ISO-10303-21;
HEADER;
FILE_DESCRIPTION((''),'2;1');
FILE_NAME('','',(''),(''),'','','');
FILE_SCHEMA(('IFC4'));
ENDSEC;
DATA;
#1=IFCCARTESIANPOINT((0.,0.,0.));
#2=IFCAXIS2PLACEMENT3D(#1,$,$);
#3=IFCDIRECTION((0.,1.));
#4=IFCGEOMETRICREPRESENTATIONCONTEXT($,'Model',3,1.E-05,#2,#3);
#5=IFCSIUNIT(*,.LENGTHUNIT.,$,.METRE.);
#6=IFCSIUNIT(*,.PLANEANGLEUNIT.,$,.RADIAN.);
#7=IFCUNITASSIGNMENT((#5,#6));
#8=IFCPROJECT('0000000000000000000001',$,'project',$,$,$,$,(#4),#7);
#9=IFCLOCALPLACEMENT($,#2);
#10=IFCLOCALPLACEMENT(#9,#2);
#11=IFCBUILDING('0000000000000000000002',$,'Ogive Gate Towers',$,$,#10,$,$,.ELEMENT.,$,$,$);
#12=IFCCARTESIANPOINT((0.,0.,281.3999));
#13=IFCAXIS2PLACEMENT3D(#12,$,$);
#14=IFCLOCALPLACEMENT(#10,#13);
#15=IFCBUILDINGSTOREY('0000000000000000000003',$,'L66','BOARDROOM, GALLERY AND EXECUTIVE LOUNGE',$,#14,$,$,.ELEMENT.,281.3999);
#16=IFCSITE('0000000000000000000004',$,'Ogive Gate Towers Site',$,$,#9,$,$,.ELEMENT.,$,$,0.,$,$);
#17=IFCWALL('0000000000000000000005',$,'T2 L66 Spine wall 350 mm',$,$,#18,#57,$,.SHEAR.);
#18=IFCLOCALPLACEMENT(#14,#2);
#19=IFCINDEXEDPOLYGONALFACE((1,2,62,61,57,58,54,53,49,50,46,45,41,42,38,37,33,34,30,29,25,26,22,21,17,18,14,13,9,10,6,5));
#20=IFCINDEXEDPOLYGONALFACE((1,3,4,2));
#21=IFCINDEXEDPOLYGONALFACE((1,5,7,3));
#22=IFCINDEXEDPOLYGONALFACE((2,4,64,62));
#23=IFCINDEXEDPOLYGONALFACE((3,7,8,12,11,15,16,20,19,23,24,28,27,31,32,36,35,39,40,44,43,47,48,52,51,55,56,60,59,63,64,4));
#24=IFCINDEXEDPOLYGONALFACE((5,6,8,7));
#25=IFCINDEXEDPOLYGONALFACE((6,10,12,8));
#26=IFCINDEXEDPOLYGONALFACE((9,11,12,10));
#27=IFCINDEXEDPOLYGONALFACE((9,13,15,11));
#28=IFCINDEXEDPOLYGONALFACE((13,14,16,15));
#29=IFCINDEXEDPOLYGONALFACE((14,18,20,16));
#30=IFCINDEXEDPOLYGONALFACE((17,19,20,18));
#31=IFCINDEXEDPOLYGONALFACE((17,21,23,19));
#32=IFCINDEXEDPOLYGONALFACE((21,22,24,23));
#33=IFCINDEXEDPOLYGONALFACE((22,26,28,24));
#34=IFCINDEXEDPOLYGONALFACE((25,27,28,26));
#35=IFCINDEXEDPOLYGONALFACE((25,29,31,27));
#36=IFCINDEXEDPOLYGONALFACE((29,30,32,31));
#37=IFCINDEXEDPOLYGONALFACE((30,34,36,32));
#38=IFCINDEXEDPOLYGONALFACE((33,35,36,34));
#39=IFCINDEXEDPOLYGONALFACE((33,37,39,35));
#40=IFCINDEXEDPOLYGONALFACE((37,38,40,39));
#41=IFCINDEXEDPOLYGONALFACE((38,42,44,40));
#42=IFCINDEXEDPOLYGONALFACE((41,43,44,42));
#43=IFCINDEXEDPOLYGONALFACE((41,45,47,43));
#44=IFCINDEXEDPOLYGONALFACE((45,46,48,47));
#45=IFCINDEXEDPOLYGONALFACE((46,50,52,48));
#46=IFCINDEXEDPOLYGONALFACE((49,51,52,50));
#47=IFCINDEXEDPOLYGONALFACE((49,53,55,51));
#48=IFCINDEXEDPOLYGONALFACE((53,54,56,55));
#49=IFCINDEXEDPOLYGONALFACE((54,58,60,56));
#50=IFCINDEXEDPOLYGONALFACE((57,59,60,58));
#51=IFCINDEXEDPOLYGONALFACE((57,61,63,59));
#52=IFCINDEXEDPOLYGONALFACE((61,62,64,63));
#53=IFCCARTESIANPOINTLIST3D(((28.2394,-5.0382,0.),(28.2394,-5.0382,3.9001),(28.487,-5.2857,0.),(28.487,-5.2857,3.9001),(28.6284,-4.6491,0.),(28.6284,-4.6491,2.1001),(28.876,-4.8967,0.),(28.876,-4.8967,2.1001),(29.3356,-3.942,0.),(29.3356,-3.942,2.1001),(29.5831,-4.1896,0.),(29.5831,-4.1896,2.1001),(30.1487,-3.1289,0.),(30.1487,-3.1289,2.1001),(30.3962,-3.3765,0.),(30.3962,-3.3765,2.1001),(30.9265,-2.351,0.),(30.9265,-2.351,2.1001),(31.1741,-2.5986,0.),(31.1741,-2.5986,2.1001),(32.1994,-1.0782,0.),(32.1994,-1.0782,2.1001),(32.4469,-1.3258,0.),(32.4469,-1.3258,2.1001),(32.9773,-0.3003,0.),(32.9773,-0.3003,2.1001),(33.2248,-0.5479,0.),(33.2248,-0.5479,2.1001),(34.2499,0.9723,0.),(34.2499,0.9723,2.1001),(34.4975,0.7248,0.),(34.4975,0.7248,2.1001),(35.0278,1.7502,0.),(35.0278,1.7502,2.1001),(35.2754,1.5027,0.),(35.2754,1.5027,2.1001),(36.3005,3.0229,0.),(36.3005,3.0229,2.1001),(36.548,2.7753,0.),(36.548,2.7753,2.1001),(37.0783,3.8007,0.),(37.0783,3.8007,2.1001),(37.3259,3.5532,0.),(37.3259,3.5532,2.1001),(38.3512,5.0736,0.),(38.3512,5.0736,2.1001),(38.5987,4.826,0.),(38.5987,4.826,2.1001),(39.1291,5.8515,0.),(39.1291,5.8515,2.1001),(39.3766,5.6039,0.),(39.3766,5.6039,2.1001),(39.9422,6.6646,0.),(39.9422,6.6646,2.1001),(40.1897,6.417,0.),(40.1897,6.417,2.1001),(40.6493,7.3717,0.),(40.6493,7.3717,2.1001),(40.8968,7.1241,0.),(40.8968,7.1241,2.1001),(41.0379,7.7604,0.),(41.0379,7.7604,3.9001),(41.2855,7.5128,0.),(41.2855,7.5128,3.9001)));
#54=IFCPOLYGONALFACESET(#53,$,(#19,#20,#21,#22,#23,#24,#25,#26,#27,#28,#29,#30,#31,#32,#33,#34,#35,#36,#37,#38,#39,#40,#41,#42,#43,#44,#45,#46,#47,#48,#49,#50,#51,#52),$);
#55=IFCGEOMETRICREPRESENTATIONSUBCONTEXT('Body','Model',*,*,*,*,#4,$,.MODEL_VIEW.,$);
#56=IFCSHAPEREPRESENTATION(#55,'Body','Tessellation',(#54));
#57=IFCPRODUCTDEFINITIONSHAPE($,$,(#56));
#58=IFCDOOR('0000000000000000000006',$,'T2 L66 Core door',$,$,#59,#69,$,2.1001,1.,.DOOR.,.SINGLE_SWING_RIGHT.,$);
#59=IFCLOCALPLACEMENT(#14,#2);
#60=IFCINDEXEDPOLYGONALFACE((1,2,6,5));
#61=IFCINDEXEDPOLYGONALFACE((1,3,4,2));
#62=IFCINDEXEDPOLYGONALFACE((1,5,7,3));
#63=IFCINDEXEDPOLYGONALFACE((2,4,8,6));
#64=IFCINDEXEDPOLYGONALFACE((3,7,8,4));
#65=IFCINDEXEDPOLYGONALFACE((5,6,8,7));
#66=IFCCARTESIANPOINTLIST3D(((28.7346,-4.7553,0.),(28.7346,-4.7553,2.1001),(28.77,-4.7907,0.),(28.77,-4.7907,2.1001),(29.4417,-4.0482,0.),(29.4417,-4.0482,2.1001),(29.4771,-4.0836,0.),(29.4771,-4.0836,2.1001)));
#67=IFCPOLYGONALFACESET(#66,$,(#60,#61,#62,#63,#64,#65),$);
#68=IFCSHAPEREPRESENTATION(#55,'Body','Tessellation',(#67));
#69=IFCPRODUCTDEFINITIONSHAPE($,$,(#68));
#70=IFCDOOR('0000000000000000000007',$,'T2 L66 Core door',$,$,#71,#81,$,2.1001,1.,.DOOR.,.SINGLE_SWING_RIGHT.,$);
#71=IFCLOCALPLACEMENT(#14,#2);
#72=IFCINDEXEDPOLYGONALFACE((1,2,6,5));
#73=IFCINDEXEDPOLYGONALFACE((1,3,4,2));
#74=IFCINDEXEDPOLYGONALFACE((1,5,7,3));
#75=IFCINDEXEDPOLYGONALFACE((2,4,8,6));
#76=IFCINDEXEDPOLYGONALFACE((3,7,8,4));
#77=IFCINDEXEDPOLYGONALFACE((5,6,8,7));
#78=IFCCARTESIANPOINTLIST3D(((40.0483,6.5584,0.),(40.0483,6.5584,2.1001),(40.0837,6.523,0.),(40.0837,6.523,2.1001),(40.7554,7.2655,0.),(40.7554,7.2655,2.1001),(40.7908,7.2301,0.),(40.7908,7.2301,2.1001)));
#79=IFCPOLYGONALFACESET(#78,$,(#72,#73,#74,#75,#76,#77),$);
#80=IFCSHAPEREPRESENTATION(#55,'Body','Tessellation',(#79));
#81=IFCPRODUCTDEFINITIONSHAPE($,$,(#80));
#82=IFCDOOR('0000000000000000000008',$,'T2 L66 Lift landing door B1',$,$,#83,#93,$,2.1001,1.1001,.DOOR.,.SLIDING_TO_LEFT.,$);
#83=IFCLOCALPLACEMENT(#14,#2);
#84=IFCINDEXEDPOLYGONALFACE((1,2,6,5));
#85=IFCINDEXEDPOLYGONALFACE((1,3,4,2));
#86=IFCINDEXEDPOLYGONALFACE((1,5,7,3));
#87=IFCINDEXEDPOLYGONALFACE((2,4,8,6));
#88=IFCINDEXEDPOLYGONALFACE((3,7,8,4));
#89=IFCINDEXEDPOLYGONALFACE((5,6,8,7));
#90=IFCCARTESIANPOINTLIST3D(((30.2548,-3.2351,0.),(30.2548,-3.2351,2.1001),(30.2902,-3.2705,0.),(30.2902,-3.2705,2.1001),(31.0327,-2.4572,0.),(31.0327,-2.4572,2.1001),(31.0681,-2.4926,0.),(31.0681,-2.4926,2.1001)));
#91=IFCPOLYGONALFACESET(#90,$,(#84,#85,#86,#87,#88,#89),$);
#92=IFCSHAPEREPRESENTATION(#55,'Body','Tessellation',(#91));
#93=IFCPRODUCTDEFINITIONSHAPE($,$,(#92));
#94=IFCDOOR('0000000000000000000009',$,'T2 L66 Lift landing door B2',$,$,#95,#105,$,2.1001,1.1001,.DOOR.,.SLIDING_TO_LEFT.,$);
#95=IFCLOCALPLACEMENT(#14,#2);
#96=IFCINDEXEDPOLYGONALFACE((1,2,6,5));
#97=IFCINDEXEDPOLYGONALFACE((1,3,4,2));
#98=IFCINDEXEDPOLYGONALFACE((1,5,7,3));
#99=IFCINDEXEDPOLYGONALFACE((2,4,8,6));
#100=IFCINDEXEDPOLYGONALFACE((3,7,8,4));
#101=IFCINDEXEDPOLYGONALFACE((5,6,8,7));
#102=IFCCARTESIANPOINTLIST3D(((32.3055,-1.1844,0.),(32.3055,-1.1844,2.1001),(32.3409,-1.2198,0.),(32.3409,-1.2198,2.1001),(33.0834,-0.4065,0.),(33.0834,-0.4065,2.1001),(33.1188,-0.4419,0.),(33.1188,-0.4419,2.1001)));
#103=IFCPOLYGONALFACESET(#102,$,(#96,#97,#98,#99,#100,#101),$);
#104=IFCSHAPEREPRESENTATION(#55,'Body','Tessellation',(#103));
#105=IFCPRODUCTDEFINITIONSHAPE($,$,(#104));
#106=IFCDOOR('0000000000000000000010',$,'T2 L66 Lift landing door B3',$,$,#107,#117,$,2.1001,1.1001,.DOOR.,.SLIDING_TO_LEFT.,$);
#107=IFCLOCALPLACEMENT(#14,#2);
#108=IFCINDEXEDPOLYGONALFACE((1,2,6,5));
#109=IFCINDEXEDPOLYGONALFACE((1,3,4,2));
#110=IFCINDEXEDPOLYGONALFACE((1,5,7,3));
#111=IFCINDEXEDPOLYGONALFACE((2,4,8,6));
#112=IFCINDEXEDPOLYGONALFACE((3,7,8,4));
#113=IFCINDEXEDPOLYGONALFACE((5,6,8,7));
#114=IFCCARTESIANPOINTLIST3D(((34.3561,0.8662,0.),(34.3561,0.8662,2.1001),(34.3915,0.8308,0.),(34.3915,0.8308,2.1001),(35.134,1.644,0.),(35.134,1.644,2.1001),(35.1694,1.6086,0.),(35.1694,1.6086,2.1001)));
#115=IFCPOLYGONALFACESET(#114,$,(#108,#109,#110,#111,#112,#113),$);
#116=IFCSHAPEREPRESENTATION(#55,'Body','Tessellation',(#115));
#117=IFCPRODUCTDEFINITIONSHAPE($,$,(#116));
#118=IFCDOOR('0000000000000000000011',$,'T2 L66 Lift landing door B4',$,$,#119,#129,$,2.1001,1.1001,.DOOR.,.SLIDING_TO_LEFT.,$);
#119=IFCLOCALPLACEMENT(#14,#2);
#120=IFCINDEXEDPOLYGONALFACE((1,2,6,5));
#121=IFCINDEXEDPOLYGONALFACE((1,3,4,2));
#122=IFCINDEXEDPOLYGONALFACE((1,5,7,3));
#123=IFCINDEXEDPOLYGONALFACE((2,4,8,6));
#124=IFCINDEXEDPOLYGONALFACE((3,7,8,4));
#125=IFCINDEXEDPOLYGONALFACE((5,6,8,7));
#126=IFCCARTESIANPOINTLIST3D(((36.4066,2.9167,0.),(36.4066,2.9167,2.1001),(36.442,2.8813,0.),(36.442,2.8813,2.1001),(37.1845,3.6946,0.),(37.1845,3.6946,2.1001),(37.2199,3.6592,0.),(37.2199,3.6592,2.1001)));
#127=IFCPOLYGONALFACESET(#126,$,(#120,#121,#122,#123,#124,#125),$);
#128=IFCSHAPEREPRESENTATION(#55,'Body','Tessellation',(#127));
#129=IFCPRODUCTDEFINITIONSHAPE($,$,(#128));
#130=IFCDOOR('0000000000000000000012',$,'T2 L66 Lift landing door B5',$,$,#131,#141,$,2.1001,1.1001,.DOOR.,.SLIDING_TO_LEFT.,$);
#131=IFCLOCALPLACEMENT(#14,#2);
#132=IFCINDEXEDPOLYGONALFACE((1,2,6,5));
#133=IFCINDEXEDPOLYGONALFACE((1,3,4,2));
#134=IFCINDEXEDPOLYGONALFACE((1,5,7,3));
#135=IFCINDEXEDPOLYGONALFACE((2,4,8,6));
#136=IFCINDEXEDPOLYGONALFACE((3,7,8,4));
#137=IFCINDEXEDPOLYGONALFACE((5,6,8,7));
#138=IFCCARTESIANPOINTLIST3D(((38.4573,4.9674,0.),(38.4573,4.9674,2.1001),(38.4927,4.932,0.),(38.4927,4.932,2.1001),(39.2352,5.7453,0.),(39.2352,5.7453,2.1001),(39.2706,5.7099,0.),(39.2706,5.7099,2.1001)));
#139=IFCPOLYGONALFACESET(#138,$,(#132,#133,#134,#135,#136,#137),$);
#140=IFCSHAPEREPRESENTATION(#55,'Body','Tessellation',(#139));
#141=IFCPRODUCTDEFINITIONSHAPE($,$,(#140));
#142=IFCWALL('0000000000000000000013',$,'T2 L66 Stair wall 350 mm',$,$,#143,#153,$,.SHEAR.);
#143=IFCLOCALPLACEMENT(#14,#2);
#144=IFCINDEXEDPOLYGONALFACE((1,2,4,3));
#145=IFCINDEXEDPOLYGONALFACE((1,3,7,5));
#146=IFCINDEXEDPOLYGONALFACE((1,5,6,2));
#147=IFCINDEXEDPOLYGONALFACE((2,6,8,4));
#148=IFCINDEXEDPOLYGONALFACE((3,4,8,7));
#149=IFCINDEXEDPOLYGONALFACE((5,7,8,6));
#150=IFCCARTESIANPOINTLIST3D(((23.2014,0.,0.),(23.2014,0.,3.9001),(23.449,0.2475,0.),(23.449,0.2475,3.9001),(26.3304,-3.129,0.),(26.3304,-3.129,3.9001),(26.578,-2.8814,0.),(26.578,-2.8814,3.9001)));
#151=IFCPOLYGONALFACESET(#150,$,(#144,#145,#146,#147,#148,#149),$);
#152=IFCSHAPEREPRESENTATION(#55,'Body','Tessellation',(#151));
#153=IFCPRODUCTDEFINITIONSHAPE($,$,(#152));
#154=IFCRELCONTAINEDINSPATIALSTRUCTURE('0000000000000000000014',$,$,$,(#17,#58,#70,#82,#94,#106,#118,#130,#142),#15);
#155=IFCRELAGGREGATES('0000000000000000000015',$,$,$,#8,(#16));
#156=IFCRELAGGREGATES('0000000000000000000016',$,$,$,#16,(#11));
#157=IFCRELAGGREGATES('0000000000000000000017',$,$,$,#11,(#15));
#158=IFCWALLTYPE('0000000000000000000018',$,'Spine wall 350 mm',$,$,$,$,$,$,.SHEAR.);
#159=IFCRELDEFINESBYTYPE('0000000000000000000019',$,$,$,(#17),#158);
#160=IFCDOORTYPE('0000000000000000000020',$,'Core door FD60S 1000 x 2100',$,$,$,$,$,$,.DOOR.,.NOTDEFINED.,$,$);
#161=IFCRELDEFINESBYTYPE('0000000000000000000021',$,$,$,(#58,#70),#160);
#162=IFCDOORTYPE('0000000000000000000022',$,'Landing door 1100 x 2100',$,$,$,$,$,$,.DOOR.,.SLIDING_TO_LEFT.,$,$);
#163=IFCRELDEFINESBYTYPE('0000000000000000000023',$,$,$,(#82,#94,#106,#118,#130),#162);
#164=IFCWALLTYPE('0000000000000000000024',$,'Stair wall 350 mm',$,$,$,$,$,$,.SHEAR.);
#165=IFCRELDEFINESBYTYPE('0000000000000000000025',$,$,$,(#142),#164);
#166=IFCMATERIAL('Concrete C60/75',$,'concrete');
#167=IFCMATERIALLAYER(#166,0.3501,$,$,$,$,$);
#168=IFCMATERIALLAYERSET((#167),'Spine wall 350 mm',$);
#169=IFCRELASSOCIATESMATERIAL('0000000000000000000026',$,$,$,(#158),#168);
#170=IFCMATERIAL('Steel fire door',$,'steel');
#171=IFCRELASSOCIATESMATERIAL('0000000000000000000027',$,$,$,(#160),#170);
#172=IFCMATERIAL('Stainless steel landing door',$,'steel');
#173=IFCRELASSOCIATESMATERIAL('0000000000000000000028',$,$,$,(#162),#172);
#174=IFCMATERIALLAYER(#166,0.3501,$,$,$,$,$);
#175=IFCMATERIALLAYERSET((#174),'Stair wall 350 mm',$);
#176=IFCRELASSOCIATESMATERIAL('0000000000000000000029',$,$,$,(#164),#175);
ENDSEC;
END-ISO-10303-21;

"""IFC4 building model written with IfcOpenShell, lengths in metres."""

from ifc_helpers import new_model, si_unit, direction, frame, frame_2d, origin, place, context, subcontext, project, spatial, rectangle, extrude, material, layer, layer_set, type_object, element, fill, save


model = new_model("IFC4")

# Units and contexts
model_context = context("Model", 3, precision=1e-05, world=origin(), true_north=direction((0.0, 1.0)))
body_context = subcontext(model_context, "Body", "Model", "MODEL_VIEW")
ifc_project = project(units=[si_unit("LENGTHUNIT", "METRE"), si_unit("PLANEANGLEUNIT", "RADIAN")], contexts=[model_context])

# Site, building, storey
site_placement = place(None, origin())
site = spatial("IfcSite", under=ifc_project, at=site_placement, Name="Ogive Gate Towers Site", CompositionType="ELEMENT", RefElevation=0.0)
building_placement = place(site_placement, origin())
building = spatial("IfcBuilding", under=site, at=building_placement, Name="Ogive Gate Towers", CompositionType="ELEMENT")
storey_placement = place(building_placement, frame((0.0, 0.0, 281.3999)))
storey = spatial("IfcBuildingStorey", under=building, at=storey_placement, Name="L66", Description="BOARDROOM, GALLERY AND EXECUTIVE LOUNGE", CompositionType="ELEMENT", Elevation=281.3999)

# Shared definitions
ifc_material_1 = material(Name="Concrete C60/75", Category="concrete")

# Wall, openings, doors
ifc_layer_1 = layer(ifc_material_1, 0.3501)
ifc_layer_set_1 = layer_set([ifc_layer_1], Name="Spine wall 350 mm")
wall_type_1 = type_object("IfcWallType", Name="Spine wall 350 mm", PredefinedType="SHEAR", material=ifc_layer_set_1)
ifc_material_2 = material(Name="Steel fire door", Category="steel")
door_type_1 = type_object("IfcDoorType", Name="Core door FD60S 1000 x 2100", OperationType="NOTDEFINED", PredefinedType="DOOR", material=ifc_material_2)
ifc_material_3 = material(Name="Stainless steel landing door", Category="steel")
door_type_2 = type_object("IfcDoorType", Name="Landing door 1100 x 2100", OperationType="SLIDING_TO_LEFT", PredefinedType="DOOR", material=ifc_material_3)
wall_1_placement = place(storey_placement, frame((28.3633, -5.1619, 0.0), z_axis=(0.0, 0.0, 1.0), x_axis=(0.707107, 0.707107, 0.0)))
wall_1 = element("IfcWall", 1, at=wall_1_placement, inside=storey, type_object=wall_type_1, Name="T2 L66 Spine wall 350 mm", PredefinedType="SHEAR", context=body_context, shape_type="SweptSolid", body=[
    extrude(rectangle(XDim=18.0999, YDim=0.3501, at=frame_2d((9.0498, 0.0))), origin(), (0.0, 0.0, 1.0), 3.9001),
])
opening_1_placement = place(wall_1_placement, frame((0.55, 0.0, 0.0)))
opening_1 = element("IfcOpeningElement", 2, at=opening_1_placement, cuts=wall_1, PredefinedType="OPENING", context=body_context, shape_type="SweptSolid", body=[
    extrude(rectangle(XDim=1.0, YDim=2.1001, at=frame_2d((0.5, 1.05))), frame((0.0, 0.1851, 0.0), z_axis=(0.0, -1.0, 0.0), x_axis=(1.0, 0.0, 0.0)), (0.0, 0.0, 1.0), 0.3701),
])
opening_2_placement = place(wall_1_placement, frame((2.7, 0.0, 0.0)))
opening_2 = element("IfcOpeningElement", 3, at=opening_2_placement, cuts=wall_1, PredefinedType="OPENING", context=body_context, shape_type="SweptSolid", body=[
    extrude(rectangle(XDim=1.1001, YDim=2.1001, at=frame_2d((0.55, 1.05))), frame((0.0, 0.1851, 0.0), z_axis=(0.0, -1.0, 0.0), x_axis=(1.0, 0.0, 0.0)), (0.0, 0.0, 1.0), 0.3701),
])
opening_3_placement = place(wall_1_placement, frame((5.6001, 0.0, 0.0)))
opening_3 = element("IfcOpeningElement", 4, at=opening_3_placement, cuts=wall_1, PredefinedType="OPENING", context=body_context, shape_type="SweptSolid", body=[
    extrude(rectangle(XDim=1.1001, YDim=2.1001, at=frame_2d((0.55, 1.05))), frame((0.0, 0.1851, 0.0), z_axis=(0.0, -1.0, 0.0), x_axis=(1.0, 0.0, 0.0)), (0.0, 0.0, 1.0), 0.3701),
])
opening_4_placement = place(wall_1_placement, frame((8.5, 0.0, 0.0)))
opening_4 = element("IfcOpeningElement", 5, at=opening_4_placement, cuts=wall_1, PredefinedType="OPENING", context=body_context, shape_type="SweptSolid", body=[
    extrude(rectangle(XDim=1.1001, YDim=2.1001, at=frame_2d((0.55, 1.05))), frame((0.0, 0.1851, 0.0), z_axis=(0.0, -1.0, 0.0), x_axis=(1.0, 0.0, 0.0)), (0.0, 0.0, 1.0), 0.3701),
])
opening_5_placement = place(wall_1_placement, frame((11.3999, 0.0, 0.0)))
opening_5 = element("IfcOpeningElement", 6, at=opening_5_placement, cuts=wall_1, PredefinedType="OPENING", context=body_context, shape_type="SweptSolid", body=[
    extrude(rectangle(XDim=1.1001, YDim=2.1001, at=frame_2d((0.55, 1.05))), frame((0.0, 0.1851, 0.0), z_axis=(0.0, -1.0, 0.0), x_axis=(1.0, 0.0, 0.0)), (0.0, 0.0, 1.0), 0.3701),
])
opening_6_placement = place(wall_1_placement, frame((14.3, 0.0, 0.0)))
opening_6 = element("IfcOpeningElement", 7, at=opening_6_placement, cuts=wall_1, PredefinedType="OPENING", context=body_context, shape_type="SweptSolid", body=[
    extrude(rectangle(XDim=1.1001, YDim=2.1001, at=frame_2d((0.55, 1.05))), frame((0.0, 0.1851, 0.0), z_axis=(0.0, -1.0, 0.0), x_axis=(1.0, 0.0, 0.0)), (0.0, 0.0, 1.0), 0.3701),
])
opening_7_placement = place(wall_1_placement, frame((16.55, 0.0, 0.0)))
opening_7 = element("IfcOpeningElement", 8, at=opening_7_placement, cuts=wall_1, PredefinedType="OPENING", context=body_context, shape_type="SweptSolid", body=[
    extrude(rectangle(XDim=1.0, YDim=2.1001, at=frame_2d((0.5, 1.05))), frame((0.0, 0.1851, 0.0), z_axis=(0.0, -1.0, 0.0), x_axis=(1.0, 0.0, 0.0)), (0.0, 0.0, 1.0), 0.3701),
])
door_1_placement = place(opening_1_placement, origin())
door_1 = element("IfcDoor", 9, at=door_1_placement, inside=storey, type_object=door_type_1, Name="T2 L66 Core door", OperationType="SINGLE_SWING_RIGHT", OverallHeight=2.1001, OverallWidth=1.0, PredefinedType="DOOR", context=body_context, shape_type="SweptSolid", body=[
    extrude(rectangle(XDim=1.0, YDim=2.1001, at=frame_2d((0.5, 1.05))), frame((0.0, 0.0249, 0.0), z_axis=(0.0, -1.0, 0.0), x_axis=(1.0, 0.0, 0.0)), (0.0, 0.0, 1.0), 0.05),
])
fill(opening_1, door_1)
door_2_placement = place(opening_7_placement, origin())
door_2 = element("IfcDoor", 10, at=door_2_placement, inside=storey, type_object=door_type_1, Name="T2 L66 Core door", OperationType="SINGLE_SWING_RIGHT", OverallHeight=2.1001, OverallWidth=1.0, PredefinedType="DOOR", context=body_context, shape_type="SweptSolid", body=[
    extrude(rectangle(XDim=1.0, YDim=2.1001, at=frame_2d((0.5, 1.05))), frame((0.0, 0.0249, 0.0), z_axis=(0.0, -1.0, 0.0), x_axis=(1.0, 0.0, 0.0)), (0.0, 0.0, 1.0), 0.05),
])
fill(opening_7, door_2)
door_3_placement = place(opening_2_placement, origin())
door_3 = element("IfcDoor", 11, at=door_3_placement, inside=storey, type_object=door_type_2, Name="T2 L66 Lift landing door B1", OperationType="SLIDING_TO_LEFT", OverallHeight=2.1001, OverallWidth=1.1001, PredefinedType="DOOR", context=body_context, shape_type="SweptSolid", body=[
    extrude(rectangle(XDim=1.1001, YDim=2.1001, at=frame_2d((0.55, 1.05))), frame((0.0, 0.0249, 0.0), z_axis=(0.0, -1.0, 0.0), x_axis=(1.0, 0.0, 0.0)), (0.0, 0.0, 1.0), 0.05),
])
fill(opening_2, door_3)
door_4_placement = place(opening_3_placement, origin())
door_4 = element("IfcDoor", 12, at=door_4_placement, inside=storey, type_object=door_type_2, Name="T2 L66 Lift landing door B2", OperationType="SLIDING_TO_LEFT", OverallHeight=2.1001, OverallWidth=1.1001, PredefinedType="DOOR", context=body_context, shape_type="SweptSolid", body=[
    extrude(rectangle(XDim=1.1001, YDim=2.1001, at=frame_2d((0.55, 1.05))), frame((0.0, 0.0249, 0.0), z_axis=(0.0, -1.0, 0.0), x_axis=(1.0, 0.0, 0.0)), (0.0, 0.0, 1.0), 0.05),
])
fill(opening_3, door_4)
door_5_placement = place(opening_4_placement, origin())
door_5 = element("IfcDoor", 13, at=door_5_placement, inside=storey, type_object=door_type_2, Name="T2 L66 Lift landing door B3", OperationType="SLIDING_TO_LEFT", OverallHeight=2.1001, OverallWidth=1.1001, PredefinedType="DOOR", context=body_context, shape_type="SweptSolid", body=[
    extrude(rectangle(XDim=1.1001, YDim=2.1001, at=frame_2d((0.55, 1.05))), frame((0.0, 0.0249, 0.0), z_axis=(0.0, -1.0, 0.0), x_axis=(1.0, 0.0, 0.0)), (0.0, 0.0, 1.0), 0.05),
])
fill(opening_4, door_5)
door_6_placement = place(opening_5_placement, origin())
door_6 = element("IfcDoor", 14, at=door_6_placement, inside=storey, type_object=door_type_2, Name="T2 L66 Lift landing door B4", OperationType="SLIDING_TO_LEFT", OverallHeight=2.1001, OverallWidth=1.1001, PredefinedType="DOOR", context=body_context, shape_type="SweptSolid", body=[
    extrude(rectangle(XDim=1.1001, YDim=2.1001, at=frame_2d((0.55, 1.05))), frame((0.0, 0.0249, 0.0), z_axis=(0.0, -1.0, 0.0), x_axis=(1.0, 0.0, 0.0)), (0.0, 0.0, 1.0), 0.05),
])
fill(opening_5, door_6)
door_7_placement = place(opening_6_placement, origin())
door_7 = element("IfcDoor", 15, at=door_7_placement, inside=storey, type_object=door_type_2, Name="T2 L66 Lift landing door B5", OperationType="SLIDING_TO_LEFT", OverallHeight=2.1001, OverallWidth=1.1001, PredefinedType="DOOR", context=body_context, shape_type="SweptSolid", body=[
    extrude(rectangle(XDim=1.1001, YDim=2.1001, at=frame_2d((0.55, 1.05))), frame((0.0, 0.0249, 0.0), z_axis=(0.0, -1.0, 0.0), x_axis=(1.0, 0.0, 0.0)), (0.0, 0.0, 1.0), 0.05),
])
fill(opening_6, door_7)

# Wall
ifc_layer_2 = layer(ifc_material_1, 0.3501)
ifc_layer_set_2 = layer_set([ifc_layer_2], Name="Stair wall 350 mm")
wall_type_2 = type_object("IfcWallType", Name="Stair wall 350 mm", PredefinedType="SHEAR", material=ifc_layer_set_2)
wall_2_placement = place(storey_placement, frame((26.4541, -3.0051, 0.0), z_axis=(0.0, 0.0, 1.0), x_axis=(-0.707107, 0.707107, 0.0)))
element("IfcWall", 16, at=wall_2_placement, inside=storey, type_object=wall_type_2, Name="T2 L66 Stair wall 350 mm", PredefinedType="SHEAR", context=body_context, shape_type="SweptSolid", body=[
    extrude(rectangle(XDim=4.425, YDim=0.3501, at=frame_2d((2.2124, 0.0))), origin(), (0.0, 0.0, 1.0), 3.9001),
])

save(model, "model.ifc")
